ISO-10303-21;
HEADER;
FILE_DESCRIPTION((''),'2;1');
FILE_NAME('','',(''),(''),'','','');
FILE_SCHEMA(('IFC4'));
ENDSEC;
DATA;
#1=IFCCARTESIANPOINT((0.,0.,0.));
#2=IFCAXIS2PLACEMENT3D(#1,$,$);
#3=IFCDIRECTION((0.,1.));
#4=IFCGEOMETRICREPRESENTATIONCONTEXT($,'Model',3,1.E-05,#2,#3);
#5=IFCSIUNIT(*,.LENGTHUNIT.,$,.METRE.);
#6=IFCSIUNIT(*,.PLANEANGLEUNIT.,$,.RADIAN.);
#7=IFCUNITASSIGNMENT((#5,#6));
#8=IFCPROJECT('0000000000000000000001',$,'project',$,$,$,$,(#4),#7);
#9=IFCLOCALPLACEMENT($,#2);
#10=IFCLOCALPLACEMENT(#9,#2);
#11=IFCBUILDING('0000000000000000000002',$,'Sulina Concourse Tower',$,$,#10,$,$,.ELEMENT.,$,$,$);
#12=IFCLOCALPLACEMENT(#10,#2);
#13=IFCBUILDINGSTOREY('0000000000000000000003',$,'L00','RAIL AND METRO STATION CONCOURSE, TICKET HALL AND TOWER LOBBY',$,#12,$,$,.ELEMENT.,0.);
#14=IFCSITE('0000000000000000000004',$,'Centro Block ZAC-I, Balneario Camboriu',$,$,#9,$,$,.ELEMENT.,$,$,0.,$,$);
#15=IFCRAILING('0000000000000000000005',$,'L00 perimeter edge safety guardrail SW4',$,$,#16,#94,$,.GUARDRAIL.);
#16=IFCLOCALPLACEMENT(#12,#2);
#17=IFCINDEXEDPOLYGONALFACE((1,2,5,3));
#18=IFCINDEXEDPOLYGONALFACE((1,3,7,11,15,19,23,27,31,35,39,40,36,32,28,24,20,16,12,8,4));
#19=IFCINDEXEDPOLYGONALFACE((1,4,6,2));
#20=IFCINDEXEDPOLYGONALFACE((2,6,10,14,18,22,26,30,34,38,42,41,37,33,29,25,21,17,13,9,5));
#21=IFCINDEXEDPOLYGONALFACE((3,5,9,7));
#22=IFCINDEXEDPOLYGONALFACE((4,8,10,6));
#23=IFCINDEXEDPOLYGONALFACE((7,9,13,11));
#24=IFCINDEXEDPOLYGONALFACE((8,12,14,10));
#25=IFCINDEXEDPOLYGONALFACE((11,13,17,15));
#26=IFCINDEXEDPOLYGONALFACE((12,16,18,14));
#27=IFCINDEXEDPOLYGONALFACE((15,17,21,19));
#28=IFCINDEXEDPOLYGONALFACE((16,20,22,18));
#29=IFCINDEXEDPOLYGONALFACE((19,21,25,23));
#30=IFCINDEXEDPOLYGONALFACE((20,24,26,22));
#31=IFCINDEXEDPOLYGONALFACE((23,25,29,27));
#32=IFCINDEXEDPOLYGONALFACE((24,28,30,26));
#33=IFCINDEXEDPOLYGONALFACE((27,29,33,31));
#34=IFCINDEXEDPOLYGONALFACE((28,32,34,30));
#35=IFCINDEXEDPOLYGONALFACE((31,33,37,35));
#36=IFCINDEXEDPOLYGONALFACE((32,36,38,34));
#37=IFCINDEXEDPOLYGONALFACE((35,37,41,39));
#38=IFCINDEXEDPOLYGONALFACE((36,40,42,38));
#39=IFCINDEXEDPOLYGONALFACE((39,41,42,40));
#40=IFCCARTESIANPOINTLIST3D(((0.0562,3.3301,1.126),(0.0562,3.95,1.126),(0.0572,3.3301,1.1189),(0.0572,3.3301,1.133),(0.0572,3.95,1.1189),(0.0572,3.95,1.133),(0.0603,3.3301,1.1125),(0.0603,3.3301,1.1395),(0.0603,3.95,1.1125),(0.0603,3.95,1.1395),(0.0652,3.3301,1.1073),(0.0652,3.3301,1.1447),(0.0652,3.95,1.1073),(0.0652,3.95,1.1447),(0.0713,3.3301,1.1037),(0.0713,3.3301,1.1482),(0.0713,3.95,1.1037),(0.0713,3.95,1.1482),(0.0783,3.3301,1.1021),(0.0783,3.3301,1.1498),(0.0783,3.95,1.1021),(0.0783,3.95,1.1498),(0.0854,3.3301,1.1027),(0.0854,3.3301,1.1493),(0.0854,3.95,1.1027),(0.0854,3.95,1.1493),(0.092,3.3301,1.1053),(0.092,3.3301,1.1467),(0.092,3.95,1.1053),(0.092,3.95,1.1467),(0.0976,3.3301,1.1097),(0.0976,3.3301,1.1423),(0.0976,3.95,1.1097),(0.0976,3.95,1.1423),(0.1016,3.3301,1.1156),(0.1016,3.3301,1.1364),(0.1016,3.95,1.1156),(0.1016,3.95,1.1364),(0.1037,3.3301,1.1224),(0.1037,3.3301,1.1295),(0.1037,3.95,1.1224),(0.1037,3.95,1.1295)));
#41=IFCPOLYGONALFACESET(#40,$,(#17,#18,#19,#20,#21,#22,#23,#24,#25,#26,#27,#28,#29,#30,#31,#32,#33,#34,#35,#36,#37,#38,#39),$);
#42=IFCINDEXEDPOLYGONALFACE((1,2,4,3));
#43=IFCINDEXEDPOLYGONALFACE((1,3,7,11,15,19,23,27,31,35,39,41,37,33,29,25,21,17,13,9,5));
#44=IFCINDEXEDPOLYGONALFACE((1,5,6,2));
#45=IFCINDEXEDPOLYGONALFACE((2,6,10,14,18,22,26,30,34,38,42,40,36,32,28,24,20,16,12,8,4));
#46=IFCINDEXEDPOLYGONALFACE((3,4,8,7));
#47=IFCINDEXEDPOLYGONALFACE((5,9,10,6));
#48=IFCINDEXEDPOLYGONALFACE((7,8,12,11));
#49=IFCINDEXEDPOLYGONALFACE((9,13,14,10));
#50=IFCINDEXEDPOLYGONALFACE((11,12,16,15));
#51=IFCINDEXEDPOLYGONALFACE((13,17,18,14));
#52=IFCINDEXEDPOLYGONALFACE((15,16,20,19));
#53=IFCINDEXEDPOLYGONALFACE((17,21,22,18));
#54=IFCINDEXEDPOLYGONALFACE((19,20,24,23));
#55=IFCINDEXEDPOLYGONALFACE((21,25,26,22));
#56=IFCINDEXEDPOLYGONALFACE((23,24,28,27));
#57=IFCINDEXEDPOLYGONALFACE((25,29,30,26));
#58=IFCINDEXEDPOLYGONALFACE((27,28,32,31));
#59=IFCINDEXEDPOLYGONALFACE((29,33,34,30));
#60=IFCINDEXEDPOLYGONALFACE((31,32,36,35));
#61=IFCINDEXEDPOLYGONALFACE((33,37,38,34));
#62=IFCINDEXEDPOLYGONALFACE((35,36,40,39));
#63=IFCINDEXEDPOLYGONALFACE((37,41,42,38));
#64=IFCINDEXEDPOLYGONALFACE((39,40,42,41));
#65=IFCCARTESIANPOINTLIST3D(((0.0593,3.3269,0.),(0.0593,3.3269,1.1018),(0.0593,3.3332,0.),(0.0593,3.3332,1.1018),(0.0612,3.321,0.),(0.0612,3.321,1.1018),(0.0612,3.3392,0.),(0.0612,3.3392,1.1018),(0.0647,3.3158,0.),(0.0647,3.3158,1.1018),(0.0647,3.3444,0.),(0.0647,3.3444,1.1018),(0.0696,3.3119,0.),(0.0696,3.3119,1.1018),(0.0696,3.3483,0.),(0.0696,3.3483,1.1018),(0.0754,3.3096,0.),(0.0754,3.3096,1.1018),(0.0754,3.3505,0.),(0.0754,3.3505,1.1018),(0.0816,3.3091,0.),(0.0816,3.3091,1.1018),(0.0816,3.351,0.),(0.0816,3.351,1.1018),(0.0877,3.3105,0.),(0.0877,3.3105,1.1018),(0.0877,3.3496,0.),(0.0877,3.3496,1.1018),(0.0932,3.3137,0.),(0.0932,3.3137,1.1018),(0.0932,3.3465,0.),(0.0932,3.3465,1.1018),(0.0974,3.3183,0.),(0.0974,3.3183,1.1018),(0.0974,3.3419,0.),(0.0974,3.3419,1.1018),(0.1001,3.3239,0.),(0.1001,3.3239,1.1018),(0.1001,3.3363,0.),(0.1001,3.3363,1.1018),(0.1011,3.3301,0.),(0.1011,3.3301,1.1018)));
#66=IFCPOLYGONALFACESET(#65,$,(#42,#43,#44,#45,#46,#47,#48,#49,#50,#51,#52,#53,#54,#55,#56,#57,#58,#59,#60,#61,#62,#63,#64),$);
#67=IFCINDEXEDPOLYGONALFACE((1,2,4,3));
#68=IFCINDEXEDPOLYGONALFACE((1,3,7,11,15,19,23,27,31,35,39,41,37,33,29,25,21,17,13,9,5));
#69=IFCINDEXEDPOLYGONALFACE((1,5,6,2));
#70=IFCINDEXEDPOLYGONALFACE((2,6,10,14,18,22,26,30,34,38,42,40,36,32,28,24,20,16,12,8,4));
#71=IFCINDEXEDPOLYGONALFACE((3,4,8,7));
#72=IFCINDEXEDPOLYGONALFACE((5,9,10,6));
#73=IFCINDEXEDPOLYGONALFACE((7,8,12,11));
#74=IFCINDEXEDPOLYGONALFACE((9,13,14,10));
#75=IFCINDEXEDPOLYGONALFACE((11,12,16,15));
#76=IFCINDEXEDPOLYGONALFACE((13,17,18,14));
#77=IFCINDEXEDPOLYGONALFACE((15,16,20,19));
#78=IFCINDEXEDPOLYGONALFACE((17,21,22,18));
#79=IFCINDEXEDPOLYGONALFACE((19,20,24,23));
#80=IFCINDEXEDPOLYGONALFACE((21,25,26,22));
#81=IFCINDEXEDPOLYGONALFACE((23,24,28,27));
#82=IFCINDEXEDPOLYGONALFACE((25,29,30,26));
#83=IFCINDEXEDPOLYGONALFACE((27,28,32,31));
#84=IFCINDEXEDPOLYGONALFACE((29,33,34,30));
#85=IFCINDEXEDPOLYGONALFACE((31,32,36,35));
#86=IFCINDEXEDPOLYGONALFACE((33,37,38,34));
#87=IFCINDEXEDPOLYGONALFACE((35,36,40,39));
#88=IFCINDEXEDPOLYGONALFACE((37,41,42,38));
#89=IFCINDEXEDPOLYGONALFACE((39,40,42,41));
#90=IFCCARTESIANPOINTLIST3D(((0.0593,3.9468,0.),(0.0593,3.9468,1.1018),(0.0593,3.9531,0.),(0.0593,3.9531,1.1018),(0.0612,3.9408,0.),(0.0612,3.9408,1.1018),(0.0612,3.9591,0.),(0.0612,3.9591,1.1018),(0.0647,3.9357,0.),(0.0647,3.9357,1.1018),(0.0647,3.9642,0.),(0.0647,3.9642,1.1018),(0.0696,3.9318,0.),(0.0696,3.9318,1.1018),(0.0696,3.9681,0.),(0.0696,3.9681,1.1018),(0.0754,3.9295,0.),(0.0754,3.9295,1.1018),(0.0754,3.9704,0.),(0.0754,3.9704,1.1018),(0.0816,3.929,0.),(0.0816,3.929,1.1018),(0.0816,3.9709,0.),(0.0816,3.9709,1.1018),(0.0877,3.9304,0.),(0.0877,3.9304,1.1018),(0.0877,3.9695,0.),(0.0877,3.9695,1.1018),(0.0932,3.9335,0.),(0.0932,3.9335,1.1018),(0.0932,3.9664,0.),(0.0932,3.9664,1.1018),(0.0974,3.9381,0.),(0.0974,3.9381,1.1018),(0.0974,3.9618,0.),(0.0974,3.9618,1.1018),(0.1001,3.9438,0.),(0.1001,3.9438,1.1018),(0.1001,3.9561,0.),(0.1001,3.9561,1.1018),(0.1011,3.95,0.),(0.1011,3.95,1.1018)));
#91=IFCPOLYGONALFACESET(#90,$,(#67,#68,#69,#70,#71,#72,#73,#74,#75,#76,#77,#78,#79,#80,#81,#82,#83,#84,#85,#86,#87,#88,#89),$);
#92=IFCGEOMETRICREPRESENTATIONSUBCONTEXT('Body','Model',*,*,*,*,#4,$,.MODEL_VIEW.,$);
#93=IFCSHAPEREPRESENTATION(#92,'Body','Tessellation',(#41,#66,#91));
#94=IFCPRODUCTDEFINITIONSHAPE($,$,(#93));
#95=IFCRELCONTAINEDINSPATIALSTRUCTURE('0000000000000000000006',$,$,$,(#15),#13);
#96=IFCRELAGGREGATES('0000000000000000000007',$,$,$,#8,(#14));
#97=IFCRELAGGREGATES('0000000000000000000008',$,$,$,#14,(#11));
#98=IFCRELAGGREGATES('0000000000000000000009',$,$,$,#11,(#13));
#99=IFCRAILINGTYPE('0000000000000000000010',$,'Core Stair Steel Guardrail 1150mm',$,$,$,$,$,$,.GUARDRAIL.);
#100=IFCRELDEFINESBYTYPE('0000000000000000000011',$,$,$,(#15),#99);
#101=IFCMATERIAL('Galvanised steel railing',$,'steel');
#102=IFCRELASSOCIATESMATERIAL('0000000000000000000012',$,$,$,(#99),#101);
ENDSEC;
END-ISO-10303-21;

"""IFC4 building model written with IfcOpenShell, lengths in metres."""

from ifc_helpers import new_model, si_unit, direction, frame, origin, origin_2d, place, context, subcontext, project, spatial, circle, extrude, material, type_object, element, save


model = new_model("IFC4")

# Units and contexts
model_context = context("Model", 3, precision=1e-05, world=origin(), true_north=direction((0.0, 1.0)))
body_context = subcontext(model_context, "Body", "Model", "MODEL_VIEW")
ifc_project = project(units=[si_unit("LENGTHUNIT", "METRE"), si_unit("PLANEANGLEUNIT", "RADIAN")], contexts=[model_context])

# Site, building, storey
site_placement = place(None, origin())
site = spatial("IfcSite", under=ifc_project, at=site_placement, Name="Centro Block ZAC-I, Balneario Camboriu", CompositionType="ELEMENT", RefElevation=0.0)
building_placement = place(site_placement, origin())
building = spatial("IfcBuilding", under=site, at=building_placement, Name="Sulina Concourse Tower", CompositionType="ELEMENT")
storey_placement = place(building_placement, origin())
storey = spatial("IfcBuildingStorey", under=building, at=storey_placement, Name="L00", Description="RAIL AND METRO STATION CONCOURSE, TICKET HALL AND TOWER LOBBY", CompositionType="ELEMENT", Elevation=0.0)

# Railing
ifc_material_1 = material(Name="Galvanised steel railing", Category="steel")
railing_type = type_object("IfcRailingType", Name="Core Stair Steel Guardrail 1150mm", PredefinedType="GUARDRAIL", material=ifc_material_1)
railing_1_placement = place(storey_placement, frame((0.0801, 3.3301, 0.0)))
element("IfcRailing", 1, at=railing_1_placement, inside=storey, type_object=railing_type, Name="L00 perimeter edge safety guardrail SW4", PredefinedType="GUARDRAIL", context=body_context, shape_type="SweptSolid", body=[
    extrude(circle(Radius=0.0239, at=origin_2d()), frame((0.0, 0.0, 1.126), z_axis=(0.0, 1.0, 0.0), x_axis=(-1.0, 0.0, 0.0)), (0.0, 0.0, 1.0), 0.6199),
    extrude(circle(Radius=0.021, at=origin_2d()), origin(), (0.0, 0.0, 1.0), 1.1018),
    extrude(circle(Radius=0.021, at=origin_2d()), frame((0.0, 0.6199, 0.0)), (0.0, 0.0, 1.0), 1.1018),
])

save(model, "model.ifc")
